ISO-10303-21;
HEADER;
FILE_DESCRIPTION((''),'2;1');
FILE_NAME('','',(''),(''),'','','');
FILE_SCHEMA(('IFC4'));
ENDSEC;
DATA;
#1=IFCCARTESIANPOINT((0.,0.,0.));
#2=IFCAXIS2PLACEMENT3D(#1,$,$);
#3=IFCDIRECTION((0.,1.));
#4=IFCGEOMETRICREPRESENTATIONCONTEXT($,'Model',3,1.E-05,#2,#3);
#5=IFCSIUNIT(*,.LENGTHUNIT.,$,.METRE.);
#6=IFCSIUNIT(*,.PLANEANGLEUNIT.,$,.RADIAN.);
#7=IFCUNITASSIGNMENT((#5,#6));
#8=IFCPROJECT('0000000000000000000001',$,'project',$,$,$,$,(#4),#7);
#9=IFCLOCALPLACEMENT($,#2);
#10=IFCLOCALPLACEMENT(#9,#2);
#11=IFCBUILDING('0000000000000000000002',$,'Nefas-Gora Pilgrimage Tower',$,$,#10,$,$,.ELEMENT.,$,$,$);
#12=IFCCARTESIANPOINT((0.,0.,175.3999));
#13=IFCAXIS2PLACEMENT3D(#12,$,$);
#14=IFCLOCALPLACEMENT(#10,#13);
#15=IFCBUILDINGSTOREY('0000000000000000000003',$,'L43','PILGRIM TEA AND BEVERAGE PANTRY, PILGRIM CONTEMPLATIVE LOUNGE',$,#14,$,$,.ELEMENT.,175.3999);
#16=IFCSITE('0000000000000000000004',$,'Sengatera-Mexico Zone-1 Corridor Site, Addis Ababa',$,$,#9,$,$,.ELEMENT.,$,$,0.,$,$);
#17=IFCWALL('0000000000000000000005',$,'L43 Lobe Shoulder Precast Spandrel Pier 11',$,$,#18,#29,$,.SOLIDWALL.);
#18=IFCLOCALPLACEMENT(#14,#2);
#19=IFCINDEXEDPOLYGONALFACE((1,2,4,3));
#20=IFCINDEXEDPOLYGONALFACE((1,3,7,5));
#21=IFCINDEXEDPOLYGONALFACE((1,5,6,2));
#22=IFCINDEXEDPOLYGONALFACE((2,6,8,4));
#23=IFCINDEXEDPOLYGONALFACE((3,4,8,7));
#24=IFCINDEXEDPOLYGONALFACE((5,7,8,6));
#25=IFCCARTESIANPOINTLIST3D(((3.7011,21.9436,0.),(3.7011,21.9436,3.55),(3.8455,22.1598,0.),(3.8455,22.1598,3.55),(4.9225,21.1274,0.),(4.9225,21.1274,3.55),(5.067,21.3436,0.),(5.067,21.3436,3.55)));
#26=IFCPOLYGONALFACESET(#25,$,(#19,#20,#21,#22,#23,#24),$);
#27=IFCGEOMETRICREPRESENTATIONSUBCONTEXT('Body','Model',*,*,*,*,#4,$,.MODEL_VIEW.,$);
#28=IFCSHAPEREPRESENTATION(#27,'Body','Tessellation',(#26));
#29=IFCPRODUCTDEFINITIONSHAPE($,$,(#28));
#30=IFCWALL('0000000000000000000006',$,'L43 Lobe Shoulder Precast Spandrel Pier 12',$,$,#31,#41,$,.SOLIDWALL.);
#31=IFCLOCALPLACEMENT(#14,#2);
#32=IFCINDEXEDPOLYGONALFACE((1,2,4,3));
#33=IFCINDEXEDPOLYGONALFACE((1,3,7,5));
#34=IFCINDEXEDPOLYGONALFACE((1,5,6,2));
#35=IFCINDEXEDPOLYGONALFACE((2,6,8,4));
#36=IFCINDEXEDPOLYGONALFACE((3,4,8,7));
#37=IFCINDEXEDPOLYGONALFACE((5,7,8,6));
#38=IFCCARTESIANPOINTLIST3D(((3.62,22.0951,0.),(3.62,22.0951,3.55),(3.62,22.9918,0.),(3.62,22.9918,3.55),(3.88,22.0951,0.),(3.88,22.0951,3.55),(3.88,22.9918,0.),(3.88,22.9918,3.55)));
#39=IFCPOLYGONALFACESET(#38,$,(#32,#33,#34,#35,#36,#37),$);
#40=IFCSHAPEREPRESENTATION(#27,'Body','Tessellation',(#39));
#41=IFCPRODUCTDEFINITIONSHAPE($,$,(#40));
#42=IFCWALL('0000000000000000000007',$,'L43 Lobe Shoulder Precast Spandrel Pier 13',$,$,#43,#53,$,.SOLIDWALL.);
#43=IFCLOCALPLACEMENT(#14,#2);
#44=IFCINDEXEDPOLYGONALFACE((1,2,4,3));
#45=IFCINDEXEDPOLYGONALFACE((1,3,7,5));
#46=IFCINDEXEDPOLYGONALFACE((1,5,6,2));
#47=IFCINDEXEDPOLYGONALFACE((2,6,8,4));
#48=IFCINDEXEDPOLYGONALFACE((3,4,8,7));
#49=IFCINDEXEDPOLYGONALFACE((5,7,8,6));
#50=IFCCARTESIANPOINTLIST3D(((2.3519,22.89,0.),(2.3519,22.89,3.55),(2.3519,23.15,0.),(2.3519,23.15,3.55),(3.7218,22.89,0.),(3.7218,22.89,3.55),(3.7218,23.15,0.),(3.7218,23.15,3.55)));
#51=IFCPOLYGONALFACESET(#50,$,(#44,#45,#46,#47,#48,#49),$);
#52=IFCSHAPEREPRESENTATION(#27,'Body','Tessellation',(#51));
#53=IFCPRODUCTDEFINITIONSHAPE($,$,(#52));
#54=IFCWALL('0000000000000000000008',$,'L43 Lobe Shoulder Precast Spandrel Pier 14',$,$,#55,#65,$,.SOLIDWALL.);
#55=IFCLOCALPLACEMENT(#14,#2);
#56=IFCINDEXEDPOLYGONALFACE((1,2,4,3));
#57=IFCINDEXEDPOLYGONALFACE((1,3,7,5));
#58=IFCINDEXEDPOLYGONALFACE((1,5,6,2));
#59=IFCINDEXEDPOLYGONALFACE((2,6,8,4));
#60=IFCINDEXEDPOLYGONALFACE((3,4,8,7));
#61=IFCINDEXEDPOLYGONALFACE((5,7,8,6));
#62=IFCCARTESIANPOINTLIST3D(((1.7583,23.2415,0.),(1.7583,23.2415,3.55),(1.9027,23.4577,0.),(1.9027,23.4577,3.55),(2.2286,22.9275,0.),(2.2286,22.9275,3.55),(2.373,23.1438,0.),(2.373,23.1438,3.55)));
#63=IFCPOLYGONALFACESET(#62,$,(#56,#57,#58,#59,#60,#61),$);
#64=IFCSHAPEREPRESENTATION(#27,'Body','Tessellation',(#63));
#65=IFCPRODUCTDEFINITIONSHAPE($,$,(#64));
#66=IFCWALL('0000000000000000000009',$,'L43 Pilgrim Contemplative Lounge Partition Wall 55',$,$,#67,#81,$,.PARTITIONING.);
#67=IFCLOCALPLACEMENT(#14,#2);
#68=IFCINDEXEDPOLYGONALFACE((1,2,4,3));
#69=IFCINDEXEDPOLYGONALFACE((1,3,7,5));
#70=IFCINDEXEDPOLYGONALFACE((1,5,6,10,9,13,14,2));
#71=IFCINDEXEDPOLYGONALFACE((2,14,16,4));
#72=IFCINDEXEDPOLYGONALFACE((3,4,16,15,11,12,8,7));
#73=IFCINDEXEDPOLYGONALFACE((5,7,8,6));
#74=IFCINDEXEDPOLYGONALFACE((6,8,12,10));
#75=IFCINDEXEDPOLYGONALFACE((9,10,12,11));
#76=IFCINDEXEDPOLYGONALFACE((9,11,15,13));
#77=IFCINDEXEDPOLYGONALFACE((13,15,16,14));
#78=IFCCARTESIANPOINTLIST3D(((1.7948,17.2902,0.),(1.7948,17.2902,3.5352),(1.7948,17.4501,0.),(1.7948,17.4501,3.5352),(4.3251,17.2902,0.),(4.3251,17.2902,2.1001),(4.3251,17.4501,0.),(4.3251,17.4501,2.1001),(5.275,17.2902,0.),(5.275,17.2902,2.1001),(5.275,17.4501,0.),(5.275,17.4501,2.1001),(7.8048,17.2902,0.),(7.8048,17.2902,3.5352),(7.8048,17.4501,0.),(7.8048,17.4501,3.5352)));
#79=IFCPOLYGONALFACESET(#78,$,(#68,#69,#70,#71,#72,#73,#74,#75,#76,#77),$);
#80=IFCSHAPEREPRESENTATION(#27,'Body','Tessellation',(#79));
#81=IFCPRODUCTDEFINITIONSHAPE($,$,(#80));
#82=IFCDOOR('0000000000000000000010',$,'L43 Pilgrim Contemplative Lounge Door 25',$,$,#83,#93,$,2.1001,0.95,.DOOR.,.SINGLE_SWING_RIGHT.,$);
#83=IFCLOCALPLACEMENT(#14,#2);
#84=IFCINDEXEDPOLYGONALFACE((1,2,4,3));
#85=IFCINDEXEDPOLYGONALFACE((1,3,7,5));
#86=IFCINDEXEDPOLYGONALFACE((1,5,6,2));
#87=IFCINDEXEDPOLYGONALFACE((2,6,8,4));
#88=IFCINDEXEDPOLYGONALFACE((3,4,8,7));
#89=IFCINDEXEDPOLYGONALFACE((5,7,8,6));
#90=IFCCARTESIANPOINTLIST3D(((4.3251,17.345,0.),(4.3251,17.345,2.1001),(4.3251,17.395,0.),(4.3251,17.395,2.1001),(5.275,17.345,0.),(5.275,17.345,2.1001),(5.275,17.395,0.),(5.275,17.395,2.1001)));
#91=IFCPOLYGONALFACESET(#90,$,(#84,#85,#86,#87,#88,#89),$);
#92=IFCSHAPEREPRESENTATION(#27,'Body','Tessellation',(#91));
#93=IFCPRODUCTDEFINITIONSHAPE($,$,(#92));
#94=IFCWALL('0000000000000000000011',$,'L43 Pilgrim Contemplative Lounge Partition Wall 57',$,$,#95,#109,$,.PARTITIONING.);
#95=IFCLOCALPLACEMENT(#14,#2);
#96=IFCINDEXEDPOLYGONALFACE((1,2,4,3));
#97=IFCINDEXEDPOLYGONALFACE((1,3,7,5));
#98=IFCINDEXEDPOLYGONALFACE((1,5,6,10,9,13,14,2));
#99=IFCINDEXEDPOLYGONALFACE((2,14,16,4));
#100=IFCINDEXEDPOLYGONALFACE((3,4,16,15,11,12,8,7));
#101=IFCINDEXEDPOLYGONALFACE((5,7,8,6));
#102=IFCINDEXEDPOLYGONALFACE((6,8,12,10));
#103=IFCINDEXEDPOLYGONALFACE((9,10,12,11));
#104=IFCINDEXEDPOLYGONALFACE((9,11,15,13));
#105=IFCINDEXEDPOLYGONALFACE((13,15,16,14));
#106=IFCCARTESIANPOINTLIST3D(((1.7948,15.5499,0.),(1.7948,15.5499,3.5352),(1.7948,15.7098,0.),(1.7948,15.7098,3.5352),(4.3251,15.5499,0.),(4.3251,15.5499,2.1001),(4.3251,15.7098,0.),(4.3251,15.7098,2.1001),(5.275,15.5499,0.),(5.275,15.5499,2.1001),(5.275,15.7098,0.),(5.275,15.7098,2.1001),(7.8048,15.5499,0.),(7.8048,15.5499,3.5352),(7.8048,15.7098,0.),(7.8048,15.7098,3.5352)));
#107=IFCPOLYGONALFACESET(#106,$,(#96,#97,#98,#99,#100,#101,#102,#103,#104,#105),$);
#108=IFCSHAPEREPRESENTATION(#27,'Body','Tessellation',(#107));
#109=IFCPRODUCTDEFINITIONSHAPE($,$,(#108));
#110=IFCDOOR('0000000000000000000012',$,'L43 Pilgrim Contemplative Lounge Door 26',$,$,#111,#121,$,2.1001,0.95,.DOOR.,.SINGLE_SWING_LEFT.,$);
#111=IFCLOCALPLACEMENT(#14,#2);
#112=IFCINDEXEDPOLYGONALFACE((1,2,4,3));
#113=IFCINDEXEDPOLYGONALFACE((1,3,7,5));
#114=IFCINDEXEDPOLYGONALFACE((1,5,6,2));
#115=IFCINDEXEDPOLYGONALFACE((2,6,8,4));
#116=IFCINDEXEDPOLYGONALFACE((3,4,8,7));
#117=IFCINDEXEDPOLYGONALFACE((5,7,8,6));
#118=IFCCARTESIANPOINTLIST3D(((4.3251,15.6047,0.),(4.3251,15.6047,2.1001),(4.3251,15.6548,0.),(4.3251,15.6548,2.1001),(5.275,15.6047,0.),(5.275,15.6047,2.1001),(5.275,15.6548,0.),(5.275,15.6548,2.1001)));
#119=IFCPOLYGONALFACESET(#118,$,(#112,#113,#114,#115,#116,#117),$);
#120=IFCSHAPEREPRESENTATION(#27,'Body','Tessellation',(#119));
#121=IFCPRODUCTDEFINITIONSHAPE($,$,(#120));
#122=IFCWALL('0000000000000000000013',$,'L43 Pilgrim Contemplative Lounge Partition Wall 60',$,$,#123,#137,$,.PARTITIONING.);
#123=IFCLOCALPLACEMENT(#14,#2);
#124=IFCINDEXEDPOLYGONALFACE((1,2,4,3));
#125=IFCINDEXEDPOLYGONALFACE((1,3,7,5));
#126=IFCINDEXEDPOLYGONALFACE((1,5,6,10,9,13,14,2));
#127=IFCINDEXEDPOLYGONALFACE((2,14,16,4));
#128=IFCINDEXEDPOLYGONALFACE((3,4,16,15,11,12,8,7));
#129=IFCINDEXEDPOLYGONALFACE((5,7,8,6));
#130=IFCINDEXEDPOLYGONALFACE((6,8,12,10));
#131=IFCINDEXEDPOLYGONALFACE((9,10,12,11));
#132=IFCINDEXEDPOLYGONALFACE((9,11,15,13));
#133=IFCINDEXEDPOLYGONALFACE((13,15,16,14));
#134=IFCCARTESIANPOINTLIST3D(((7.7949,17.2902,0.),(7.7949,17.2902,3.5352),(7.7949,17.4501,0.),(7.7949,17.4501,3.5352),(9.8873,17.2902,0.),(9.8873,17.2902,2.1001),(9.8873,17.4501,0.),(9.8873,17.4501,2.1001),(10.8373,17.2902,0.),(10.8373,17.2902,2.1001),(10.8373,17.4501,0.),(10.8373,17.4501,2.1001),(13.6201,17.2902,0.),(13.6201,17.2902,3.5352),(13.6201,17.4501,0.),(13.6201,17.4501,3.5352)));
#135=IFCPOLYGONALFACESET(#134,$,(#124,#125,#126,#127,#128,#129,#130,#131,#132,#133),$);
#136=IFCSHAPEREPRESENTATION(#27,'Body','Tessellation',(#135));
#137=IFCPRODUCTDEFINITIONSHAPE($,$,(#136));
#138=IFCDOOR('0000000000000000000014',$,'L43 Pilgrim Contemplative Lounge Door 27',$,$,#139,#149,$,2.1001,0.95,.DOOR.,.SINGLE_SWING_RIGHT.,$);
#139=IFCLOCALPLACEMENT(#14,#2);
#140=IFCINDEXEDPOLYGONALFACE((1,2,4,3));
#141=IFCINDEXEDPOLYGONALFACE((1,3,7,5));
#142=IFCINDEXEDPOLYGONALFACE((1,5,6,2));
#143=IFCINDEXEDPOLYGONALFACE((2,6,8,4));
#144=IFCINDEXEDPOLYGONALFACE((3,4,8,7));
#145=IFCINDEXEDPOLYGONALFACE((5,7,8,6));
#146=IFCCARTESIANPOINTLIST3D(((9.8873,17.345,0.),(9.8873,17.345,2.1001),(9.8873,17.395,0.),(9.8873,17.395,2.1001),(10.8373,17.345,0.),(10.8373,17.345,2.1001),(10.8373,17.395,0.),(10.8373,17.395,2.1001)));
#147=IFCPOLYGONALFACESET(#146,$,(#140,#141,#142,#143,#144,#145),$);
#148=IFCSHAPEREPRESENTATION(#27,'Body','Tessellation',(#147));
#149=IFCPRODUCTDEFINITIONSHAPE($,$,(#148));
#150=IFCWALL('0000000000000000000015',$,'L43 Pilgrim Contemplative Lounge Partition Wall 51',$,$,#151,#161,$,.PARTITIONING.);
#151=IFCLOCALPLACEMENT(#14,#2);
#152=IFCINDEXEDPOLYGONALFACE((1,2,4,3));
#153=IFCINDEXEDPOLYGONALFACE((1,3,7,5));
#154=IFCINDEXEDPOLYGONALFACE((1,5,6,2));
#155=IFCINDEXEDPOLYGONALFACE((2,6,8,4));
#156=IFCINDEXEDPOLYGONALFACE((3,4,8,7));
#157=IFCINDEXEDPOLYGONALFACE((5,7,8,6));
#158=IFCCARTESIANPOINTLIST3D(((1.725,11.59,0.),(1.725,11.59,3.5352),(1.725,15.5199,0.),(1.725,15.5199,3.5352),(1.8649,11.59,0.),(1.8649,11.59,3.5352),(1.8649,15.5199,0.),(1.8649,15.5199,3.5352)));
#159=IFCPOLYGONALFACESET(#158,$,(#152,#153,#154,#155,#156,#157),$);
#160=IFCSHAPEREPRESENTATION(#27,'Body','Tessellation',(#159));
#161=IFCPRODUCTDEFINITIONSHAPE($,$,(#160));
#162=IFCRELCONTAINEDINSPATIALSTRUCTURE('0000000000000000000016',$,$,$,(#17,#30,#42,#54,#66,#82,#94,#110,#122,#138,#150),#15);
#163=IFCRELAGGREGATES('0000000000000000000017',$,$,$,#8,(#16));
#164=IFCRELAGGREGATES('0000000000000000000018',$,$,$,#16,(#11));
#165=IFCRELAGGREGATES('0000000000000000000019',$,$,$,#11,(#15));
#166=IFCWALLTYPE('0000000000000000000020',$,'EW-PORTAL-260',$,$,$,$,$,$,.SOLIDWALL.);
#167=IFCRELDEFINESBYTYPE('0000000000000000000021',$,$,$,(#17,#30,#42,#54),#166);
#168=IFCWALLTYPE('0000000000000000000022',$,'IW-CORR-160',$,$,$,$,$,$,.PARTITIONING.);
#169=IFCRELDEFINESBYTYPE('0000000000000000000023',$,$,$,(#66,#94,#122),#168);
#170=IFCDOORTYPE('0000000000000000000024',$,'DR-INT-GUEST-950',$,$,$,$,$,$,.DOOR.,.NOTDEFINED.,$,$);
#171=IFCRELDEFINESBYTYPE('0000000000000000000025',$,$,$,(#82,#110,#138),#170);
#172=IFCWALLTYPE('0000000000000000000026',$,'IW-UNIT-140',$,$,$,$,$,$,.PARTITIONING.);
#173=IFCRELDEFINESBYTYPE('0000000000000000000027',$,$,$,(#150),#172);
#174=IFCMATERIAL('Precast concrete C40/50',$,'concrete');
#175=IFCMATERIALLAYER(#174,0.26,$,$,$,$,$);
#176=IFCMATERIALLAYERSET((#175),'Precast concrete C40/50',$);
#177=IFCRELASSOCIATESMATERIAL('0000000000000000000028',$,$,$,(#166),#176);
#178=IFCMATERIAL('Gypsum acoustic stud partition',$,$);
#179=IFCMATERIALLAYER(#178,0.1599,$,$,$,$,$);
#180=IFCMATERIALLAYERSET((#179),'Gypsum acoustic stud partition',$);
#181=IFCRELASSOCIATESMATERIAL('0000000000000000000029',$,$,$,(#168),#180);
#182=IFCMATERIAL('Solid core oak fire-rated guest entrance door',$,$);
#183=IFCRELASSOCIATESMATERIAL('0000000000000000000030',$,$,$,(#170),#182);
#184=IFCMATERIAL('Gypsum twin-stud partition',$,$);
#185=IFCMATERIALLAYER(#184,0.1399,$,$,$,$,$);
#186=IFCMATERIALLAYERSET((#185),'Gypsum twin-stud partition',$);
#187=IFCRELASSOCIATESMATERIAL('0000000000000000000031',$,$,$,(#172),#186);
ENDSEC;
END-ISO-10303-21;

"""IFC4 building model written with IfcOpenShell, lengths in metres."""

from ifc_helpers import new_model, si_unit, direction, frame, frame_2d, origin, place, context, subcontext, project, spatial, rectangle, extrude, source, transform, mapped, material, layer, layer_set, type_object, element, fill, save


model = new_model("IFC4")

# Units and contexts
model_context = context("Model", 3, precision=1e-05, world=origin(), true_north=direction((0.0, 1.0)))
body_context = subcontext(model_context, "Body", "Model", "MODEL_VIEW")
ifc_project = project(units=[si_unit("LENGTHUNIT", "METRE"), si_unit("PLANEANGLEUNIT", "RADIAN")], contexts=[model_context])

# Site, building, storey
site_placement = place(None, origin())
site = spatial("IfcSite", under=ifc_project, at=site_placement, Name="Sengatera-Mexico Zone-1 Corridor Site, Addis Ababa", CompositionType="ELEMENT", RefElevation=0.0)
building_placement = place(site_placement, origin())
building = spatial("IfcBuilding", under=site, at=building_placement, Name="Nefas-Gora Pilgrimage Tower", CompositionType="ELEMENT")
storey_placement = place(building_placement, frame((0.0, 0.0, 175.3999)))
storey = spatial("IfcBuildingStorey", under=building, at=storey_placement, Name="L43", Description="PILGRIM TEA AND BEVERAGE PANTRY, PILGRIM CONTEMPLATIVE LOUNGE", CompositionType="ELEMENT", Elevation=175.3999)

# Walls
ifc_material_1 = material(Name="Precast concrete C40/50", Category="concrete")
ifc_layer_1 = layer(ifc_material_1, 0.26)
ifc_layer_set_1 = layer_set([ifc_layer_1], Name="Precast concrete C40/50")
wall_type_1 = type_object("IfcWallType", Name="EW-PORTAL-260", PredefinedType="SOLIDWALL", material=ifc_layer_set_1)
shared_shape_1 = source(origin(), body_context, "Body", "SweptSolid", [
    extrude(rectangle(XDim=1.469, YDim=0.26, at=frame_2d((0.7344, 0.0))), origin(), (0.0, 0.0, 1.0), 3.55),
])
wall_1_placement = place(storey_placement, frame((4.9946, 21.2356, 0.0), z_axis=(0.0, 0.0, 1.0), x_axis=(-0.831462, 0.555582, 0.0)))
element("IfcWall", 1, at=wall_1_placement, inside=storey, type_object=wall_type_1, Name="L43 Lobe Shoulder Precast Spandrel Pier 11", PredefinedType="SOLIDWALL", context=body_context, shape_type="MappedRepresentation", body=[
    mapped(shared_shape_1, transform((0.0, 0.0, 0.0), x_axis=(1.0, 0.0, 0.0), y_axis=(0.0, 1.0, 0.0), z_axis=(0.0, 0.0, 1.0), scale=1.0)),
])
shared_shape_2 = source(origin(), body_context, "Body", "SweptSolid", [
    extrude(rectangle(XDim=0.8967, YDim=0.26, at=frame_2d((0.4482, 0.0))), origin(), (0.0, 0.0, 1.0), 3.55),
])
wall_2_placement = place(storey_placement, frame((3.75, 22.0952, 0.0), z_axis=(0.0, 0.0, 1.0), x_axis=(0.0, 1.0, 0.0)))
element("IfcWall", 2, at=wall_2_placement, inside=storey, type_object=wall_type_1, Name="L43 Lobe Shoulder Precast Spandrel Pier 12", PredefinedType="SOLIDWALL", context=body_context, shape_type="MappedRepresentation", body=[
    mapped(shared_shape_2, transform((0.0, 0.0, 0.0), x_axis=(1.0, 0.0, 0.0), y_axis=(0.0, 1.0, 0.0), z_axis=(0.0, 0.0, 1.0), scale=1.0)),
])
shared_shape_3 = source(origin(), body_context, "Body", "SweptSolid", [
    extrude(rectangle(XDim=1.3699, YDim=0.26, at=frame_2d((0.6851, 0.0))), origin(), (0.0, 0.0, 1.0), 3.55),
])
wall_3_placement = place(storey_placement, frame((3.7219, 23.02, 0.0), z_axis=(0.0, 0.0, 1.0), x_axis=(-1.0, 0.0, 0.0)))
element("IfcWall", 3, at=wall_3_placement, inside=storey, type_object=wall_type_1, Name="L43 Lobe Shoulder Precast Spandrel Pier 13", PredefinedType="SOLIDWALL", context=body_context, shape_type="MappedRepresentation", body=[
    mapped(shared_shape_3, transform((0.0, 0.0, 0.0), x_axis=(1.0, 0.0, 0.0), y_axis=(0.0, 1.0, 0.0), z_axis=(0.0, 0.0, 1.0), scale=1.0)),
])
shared_shape_4 = source(origin(), body_context, "Body", "SweptSolid", [
    extrude(rectangle(XDim=0.5654, YDim=0.26, at=frame_2d((0.2827, 0.0))), origin(), (0.0, 0.0, 1.0), 3.55),
])
wall_4_placement = place(storey_placement, frame((2.3008, 23.0356, 0.0), z_axis=(0.0, 0.0, 1.0), x_axis=(-0.831651, 0.555298, 0.0)))
element("IfcWall", 4, at=wall_4_placement, inside=storey, type_object=wall_type_1, Name="L43 Lobe Shoulder Precast Spandrel Pier 14", PredefinedType="SOLIDWALL", context=body_context, shape_type="MappedRepresentation", body=[
    mapped(shared_shape_4, transform((0.0, 0.0, 0.0), x_axis=(1.0, 0.0, 0.0), y_axis=(0.0, 1.0, 0.0), z_axis=(0.0, 0.0, 1.0), scale=1.0)),
])

# Walls, openings, doors
ifc_material_2 = material(Name="Gypsum acoustic stud partition")
ifc_layer_2 = layer(ifc_material_2, 0.1599)
ifc_layer_set_2 = layer_set([ifc_layer_2], Name="Gypsum acoustic stud partition")
wall_type_2 = type_object("IfcWallType", Name="IW-CORR-160", PredefinedType="PARTITIONING", material=ifc_layer_set_2)
shared_shape_5 = source(origin(), body_context, "Body", "SweptSolid", [
    extrude(rectangle(XDim=6.01, YDim=0.1599, at=frame_2d((3.0049, 0.0))), origin(), (0.0, 0.0, 1.0), 3.5352),
])
wall_5_placement = place(storey_placement, frame((1.7949, 17.3701, 0.0), z_axis=(0.0, 0.0, 1.0), x_axis=(1.0, 0.0, 0.0)))
wall_5 = element("IfcWall", 5, at=wall_5_placement, inside=storey, type_object=wall_type_2, Name="L43 Pilgrim Contemplative Lounge Partition Wall 55", PredefinedType="PARTITIONING", context=body_context, shape_type="MappedRepresentation", body=[
    mapped(shared_shape_5, transform((0.0, 0.0, 0.0), x_axis=(1.0, 0.0, 0.0), y_axis=(0.0, 1.0, 0.0), z_axis=(0.0, 0.0, 1.0), scale=1.0)),
])
opening_1_placement = place(wall_5_placement, frame((2.53, 0.0, 0.0)))
opening_1 = element("IfcOpeningElement", 6, at=opening_1_placement, cuts=wall_5, PredefinedType="OPENING", context=body_context, shape_type="SweptSolid", body=[
    extrude(rectangle(XDim=0.95, YDim=2.1001, at=frame_2d((0.4751, 1.05))), frame((0.0, 0.0898, 0.0), z_axis=(0.0, -1.0, 0.0), x_axis=(1.0, 0.0, 0.0)), (0.0, 0.0, 1.0), 0.1799),
])
ifc_material_3 = material(Name="Solid core oak fire-rated guest entrance door")
door_type = type_object("IfcDoorType", Name="DR-INT-GUEST-950", OperationType="NOTDEFINED", PredefinedType="DOOR", material=ifc_material_3)
shared_shape_6 = source(origin(), body_context, "Body", "SweptSolid", [
    extrude(rectangle(XDim=0.95, YDim=2.1001, at=frame_2d((0.4751, 1.05))), frame((0.0, 0.0249, 0.0), z_axis=(0.0, -1.0, 0.0), x_axis=(1.0, 0.0, 0.0)), (0.0, 0.0, 1.0), 0.05),
])
door_1_placement = place(opening_1_placement, origin())
door_1 = element("IfcDoor", 7, at=door_1_placement, inside=storey, type_object=door_type, Name="L43 Pilgrim Contemplative Lounge Door 25", OperationType="SINGLE_SWING_RIGHT", OverallHeight=2.1001, OverallWidth=0.95, PredefinedType="DOOR", context=body_context, shape_type="MappedRepresentation", body=[
    mapped(shared_shape_6, transform((0.0, 0.0, 0.0), x_axis=(1.0, 0.0, 0.0), y_axis=(0.0, 1.0, 0.0), z_axis=(0.0, 0.0, 1.0), scale=1.0)),
])
fill(opening_1, door_1)
wall_6_placement = place(storey_placement, frame((1.7949, 15.6299, 0.0), z_axis=(0.0, 0.0, 1.0), x_axis=(1.0, 0.0, 0.0)))
wall_6 = element("IfcWall", 8, at=wall_6_placement, inside=storey, type_object=wall_type_2, Name="L43 Pilgrim Contemplative Lounge Partition Wall 57", PredefinedType="PARTITIONING", context=body_context, shape_type="MappedRepresentation", body=[
    mapped(shared_shape_5, transform((0.0, 0.0, 0.0), x_axis=(1.0, 0.0, 0.0), y_axis=(0.0, 1.0, 0.0), z_axis=(0.0, 0.0, 1.0), scale=1.0)),
])
opening_2_placement = place(wall_6_placement, frame((2.53, 0.0, 0.0)))
opening_2 = element("IfcOpeningElement", 9, at=opening_2_placement, cuts=wall_6, PredefinedType="OPENING", context=body_context, shape_type="SweptSolid", body=[
    extrude(rectangle(XDim=0.95, YDim=2.1001, at=frame_2d((0.4751, 1.05))), frame((0.0, 0.0898, 0.0), z_axis=(0.0, -1.0, 0.0), x_axis=(1.0, 0.0, 0.0)), (0.0, 0.0, 1.0), 0.1799),
])
door_2_placement = place(opening_2_placement, origin())
door_2 = element("IfcDoor", 10, at=door_2_placement, inside=storey, type_object=door_type, Name="L43 Pilgrim Contemplative Lounge Door 26", OperationType="SINGLE_SWING_LEFT", OverallHeight=2.1001, OverallWidth=0.95, PredefinedType="DOOR", context=body_context, shape_type="MappedRepresentation", body=[
    mapped(shared_shape_6, transform((0.0, 0.0, 0.0), x_axis=(1.0, 0.0, 0.0), y_axis=(0.0, 1.0, 0.0), z_axis=(0.0, 0.0, 1.0), scale=1.0)),
])
fill(opening_2, door_2)
shared_shape_7 = source(origin(), body_context, "Body", "SweptSolid", [
    extrude(rectangle(XDim=5.8252, YDim=0.1599, at=frame_2d((2.9126, 0.0))), origin(), (0.0, 0.0, 1.0), 3.5352),
])
wall_7_placement = place(storey_placement, frame((7.7949, 17.3701, 0.0), z_axis=(0.0, 0.0, 1.0), x_axis=(1.0, 0.0, 0.0)))
wall_7 = element("IfcWall", 11, at=wall_7_placement, inside=storey, type_object=wall_type_2, Name="L43 Pilgrim Contemplative Lounge Partition Wall 60", PredefinedType="PARTITIONING", context=body_context, shape_type="MappedRepresentation", body=[
    mapped(shared_shape_7, transform((0.0, 0.0, 0.0), x_axis=(1.0, 0.0, 0.0), y_axis=(0.0, 1.0, 0.0), z_axis=(0.0, 0.0, 1.0), scale=1.0)),
])
opening_3_placement = place(wall_7_placement, frame((2.0923, 0.0, 0.0)))
opening_3 = element("IfcOpeningElement", 12, at=opening_3_placement, cuts=wall_7, PredefinedType="OPENING", context=body_context, shape_type="SweptSolid", body=[
    extrude(rectangle(XDim=0.95, YDim=2.1001, at=frame_2d((0.4751, 1.05))), frame((0.0, 0.0898, 0.0), z_axis=(0.0, -1.0, 0.0), x_axis=(1.0, 0.0, 0.0)), (0.0, 0.0, 1.0), 0.1799),
])
door_3_placement = place(opening_3_placement, origin())
door_3 = element("IfcDoor", 13, at=door_3_placement, inside=storey, type_object=door_type, Name="L43 Pilgrim Contemplative Lounge Door 27", OperationType="SINGLE_SWING_RIGHT", OverallHeight=2.1001, OverallWidth=0.95, PredefinedType="DOOR", context=body_context, shape_type="MappedRepresentation", body=[
    mapped(shared_shape_6, transform((0.0, 0.0, 0.0), x_axis=(1.0, 0.0, 0.0), y_axis=(0.0, 1.0, 0.0), z_axis=(0.0, 0.0, 1.0), scale=1.0)),
])
fill(opening_3, door_3)

# Wall
ifc_material_4 = material(Name="Gypsum twin-stud partition")
ifc_layer_3 = layer(ifc_material_4, 0.1399)
ifc_layer_set_3 = layer_set([ifc_layer_3], Name="Gypsum twin-stud partition")
wall_type_3 = type_object("IfcWallType", Name="IW-UNIT-140", PredefinedType="PARTITIONING", material=ifc_layer_set_3)
shared_shape_8 = source(origin(), body_context, "Body", "SweptSolid", [
    extrude(rectangle(XDim=3.9299, YDim=0.1399, at=frame_2d((1.9648, 0.0))), origin(), (0.0, 0.0, 1.0), 3.5352),
])
for number, where, z_axis, x_axis, name in (
    (14, (1.7949, 11.5901, 0.0), (0.0, 0.0, 1.0), (0.0, 1.0, 0.0), "L43 Pilgrim Contemplative Lounge Partition Wall 51"),
):
    element("IfcWall", number, at=place(storey_placement, frame(where, z_axis=z_axis, x_axis=x_axis)), inside=storey, type_object=wall_type_3, Name=name, PredefinedType="PARTITIONING", context=body_context, shape_type="MappedRepresentation", body=[
        mapped(shared_shape_8, transform((0.0, 0.0, 0.0), x_axis=(1.0, 0.0, 0.0), y_axis=(0.0, 1.0, 0.0), z_axis=(0.0, 0.0, 1.0), scale=1.0)),
    ])

save(model, "model.ifc")
